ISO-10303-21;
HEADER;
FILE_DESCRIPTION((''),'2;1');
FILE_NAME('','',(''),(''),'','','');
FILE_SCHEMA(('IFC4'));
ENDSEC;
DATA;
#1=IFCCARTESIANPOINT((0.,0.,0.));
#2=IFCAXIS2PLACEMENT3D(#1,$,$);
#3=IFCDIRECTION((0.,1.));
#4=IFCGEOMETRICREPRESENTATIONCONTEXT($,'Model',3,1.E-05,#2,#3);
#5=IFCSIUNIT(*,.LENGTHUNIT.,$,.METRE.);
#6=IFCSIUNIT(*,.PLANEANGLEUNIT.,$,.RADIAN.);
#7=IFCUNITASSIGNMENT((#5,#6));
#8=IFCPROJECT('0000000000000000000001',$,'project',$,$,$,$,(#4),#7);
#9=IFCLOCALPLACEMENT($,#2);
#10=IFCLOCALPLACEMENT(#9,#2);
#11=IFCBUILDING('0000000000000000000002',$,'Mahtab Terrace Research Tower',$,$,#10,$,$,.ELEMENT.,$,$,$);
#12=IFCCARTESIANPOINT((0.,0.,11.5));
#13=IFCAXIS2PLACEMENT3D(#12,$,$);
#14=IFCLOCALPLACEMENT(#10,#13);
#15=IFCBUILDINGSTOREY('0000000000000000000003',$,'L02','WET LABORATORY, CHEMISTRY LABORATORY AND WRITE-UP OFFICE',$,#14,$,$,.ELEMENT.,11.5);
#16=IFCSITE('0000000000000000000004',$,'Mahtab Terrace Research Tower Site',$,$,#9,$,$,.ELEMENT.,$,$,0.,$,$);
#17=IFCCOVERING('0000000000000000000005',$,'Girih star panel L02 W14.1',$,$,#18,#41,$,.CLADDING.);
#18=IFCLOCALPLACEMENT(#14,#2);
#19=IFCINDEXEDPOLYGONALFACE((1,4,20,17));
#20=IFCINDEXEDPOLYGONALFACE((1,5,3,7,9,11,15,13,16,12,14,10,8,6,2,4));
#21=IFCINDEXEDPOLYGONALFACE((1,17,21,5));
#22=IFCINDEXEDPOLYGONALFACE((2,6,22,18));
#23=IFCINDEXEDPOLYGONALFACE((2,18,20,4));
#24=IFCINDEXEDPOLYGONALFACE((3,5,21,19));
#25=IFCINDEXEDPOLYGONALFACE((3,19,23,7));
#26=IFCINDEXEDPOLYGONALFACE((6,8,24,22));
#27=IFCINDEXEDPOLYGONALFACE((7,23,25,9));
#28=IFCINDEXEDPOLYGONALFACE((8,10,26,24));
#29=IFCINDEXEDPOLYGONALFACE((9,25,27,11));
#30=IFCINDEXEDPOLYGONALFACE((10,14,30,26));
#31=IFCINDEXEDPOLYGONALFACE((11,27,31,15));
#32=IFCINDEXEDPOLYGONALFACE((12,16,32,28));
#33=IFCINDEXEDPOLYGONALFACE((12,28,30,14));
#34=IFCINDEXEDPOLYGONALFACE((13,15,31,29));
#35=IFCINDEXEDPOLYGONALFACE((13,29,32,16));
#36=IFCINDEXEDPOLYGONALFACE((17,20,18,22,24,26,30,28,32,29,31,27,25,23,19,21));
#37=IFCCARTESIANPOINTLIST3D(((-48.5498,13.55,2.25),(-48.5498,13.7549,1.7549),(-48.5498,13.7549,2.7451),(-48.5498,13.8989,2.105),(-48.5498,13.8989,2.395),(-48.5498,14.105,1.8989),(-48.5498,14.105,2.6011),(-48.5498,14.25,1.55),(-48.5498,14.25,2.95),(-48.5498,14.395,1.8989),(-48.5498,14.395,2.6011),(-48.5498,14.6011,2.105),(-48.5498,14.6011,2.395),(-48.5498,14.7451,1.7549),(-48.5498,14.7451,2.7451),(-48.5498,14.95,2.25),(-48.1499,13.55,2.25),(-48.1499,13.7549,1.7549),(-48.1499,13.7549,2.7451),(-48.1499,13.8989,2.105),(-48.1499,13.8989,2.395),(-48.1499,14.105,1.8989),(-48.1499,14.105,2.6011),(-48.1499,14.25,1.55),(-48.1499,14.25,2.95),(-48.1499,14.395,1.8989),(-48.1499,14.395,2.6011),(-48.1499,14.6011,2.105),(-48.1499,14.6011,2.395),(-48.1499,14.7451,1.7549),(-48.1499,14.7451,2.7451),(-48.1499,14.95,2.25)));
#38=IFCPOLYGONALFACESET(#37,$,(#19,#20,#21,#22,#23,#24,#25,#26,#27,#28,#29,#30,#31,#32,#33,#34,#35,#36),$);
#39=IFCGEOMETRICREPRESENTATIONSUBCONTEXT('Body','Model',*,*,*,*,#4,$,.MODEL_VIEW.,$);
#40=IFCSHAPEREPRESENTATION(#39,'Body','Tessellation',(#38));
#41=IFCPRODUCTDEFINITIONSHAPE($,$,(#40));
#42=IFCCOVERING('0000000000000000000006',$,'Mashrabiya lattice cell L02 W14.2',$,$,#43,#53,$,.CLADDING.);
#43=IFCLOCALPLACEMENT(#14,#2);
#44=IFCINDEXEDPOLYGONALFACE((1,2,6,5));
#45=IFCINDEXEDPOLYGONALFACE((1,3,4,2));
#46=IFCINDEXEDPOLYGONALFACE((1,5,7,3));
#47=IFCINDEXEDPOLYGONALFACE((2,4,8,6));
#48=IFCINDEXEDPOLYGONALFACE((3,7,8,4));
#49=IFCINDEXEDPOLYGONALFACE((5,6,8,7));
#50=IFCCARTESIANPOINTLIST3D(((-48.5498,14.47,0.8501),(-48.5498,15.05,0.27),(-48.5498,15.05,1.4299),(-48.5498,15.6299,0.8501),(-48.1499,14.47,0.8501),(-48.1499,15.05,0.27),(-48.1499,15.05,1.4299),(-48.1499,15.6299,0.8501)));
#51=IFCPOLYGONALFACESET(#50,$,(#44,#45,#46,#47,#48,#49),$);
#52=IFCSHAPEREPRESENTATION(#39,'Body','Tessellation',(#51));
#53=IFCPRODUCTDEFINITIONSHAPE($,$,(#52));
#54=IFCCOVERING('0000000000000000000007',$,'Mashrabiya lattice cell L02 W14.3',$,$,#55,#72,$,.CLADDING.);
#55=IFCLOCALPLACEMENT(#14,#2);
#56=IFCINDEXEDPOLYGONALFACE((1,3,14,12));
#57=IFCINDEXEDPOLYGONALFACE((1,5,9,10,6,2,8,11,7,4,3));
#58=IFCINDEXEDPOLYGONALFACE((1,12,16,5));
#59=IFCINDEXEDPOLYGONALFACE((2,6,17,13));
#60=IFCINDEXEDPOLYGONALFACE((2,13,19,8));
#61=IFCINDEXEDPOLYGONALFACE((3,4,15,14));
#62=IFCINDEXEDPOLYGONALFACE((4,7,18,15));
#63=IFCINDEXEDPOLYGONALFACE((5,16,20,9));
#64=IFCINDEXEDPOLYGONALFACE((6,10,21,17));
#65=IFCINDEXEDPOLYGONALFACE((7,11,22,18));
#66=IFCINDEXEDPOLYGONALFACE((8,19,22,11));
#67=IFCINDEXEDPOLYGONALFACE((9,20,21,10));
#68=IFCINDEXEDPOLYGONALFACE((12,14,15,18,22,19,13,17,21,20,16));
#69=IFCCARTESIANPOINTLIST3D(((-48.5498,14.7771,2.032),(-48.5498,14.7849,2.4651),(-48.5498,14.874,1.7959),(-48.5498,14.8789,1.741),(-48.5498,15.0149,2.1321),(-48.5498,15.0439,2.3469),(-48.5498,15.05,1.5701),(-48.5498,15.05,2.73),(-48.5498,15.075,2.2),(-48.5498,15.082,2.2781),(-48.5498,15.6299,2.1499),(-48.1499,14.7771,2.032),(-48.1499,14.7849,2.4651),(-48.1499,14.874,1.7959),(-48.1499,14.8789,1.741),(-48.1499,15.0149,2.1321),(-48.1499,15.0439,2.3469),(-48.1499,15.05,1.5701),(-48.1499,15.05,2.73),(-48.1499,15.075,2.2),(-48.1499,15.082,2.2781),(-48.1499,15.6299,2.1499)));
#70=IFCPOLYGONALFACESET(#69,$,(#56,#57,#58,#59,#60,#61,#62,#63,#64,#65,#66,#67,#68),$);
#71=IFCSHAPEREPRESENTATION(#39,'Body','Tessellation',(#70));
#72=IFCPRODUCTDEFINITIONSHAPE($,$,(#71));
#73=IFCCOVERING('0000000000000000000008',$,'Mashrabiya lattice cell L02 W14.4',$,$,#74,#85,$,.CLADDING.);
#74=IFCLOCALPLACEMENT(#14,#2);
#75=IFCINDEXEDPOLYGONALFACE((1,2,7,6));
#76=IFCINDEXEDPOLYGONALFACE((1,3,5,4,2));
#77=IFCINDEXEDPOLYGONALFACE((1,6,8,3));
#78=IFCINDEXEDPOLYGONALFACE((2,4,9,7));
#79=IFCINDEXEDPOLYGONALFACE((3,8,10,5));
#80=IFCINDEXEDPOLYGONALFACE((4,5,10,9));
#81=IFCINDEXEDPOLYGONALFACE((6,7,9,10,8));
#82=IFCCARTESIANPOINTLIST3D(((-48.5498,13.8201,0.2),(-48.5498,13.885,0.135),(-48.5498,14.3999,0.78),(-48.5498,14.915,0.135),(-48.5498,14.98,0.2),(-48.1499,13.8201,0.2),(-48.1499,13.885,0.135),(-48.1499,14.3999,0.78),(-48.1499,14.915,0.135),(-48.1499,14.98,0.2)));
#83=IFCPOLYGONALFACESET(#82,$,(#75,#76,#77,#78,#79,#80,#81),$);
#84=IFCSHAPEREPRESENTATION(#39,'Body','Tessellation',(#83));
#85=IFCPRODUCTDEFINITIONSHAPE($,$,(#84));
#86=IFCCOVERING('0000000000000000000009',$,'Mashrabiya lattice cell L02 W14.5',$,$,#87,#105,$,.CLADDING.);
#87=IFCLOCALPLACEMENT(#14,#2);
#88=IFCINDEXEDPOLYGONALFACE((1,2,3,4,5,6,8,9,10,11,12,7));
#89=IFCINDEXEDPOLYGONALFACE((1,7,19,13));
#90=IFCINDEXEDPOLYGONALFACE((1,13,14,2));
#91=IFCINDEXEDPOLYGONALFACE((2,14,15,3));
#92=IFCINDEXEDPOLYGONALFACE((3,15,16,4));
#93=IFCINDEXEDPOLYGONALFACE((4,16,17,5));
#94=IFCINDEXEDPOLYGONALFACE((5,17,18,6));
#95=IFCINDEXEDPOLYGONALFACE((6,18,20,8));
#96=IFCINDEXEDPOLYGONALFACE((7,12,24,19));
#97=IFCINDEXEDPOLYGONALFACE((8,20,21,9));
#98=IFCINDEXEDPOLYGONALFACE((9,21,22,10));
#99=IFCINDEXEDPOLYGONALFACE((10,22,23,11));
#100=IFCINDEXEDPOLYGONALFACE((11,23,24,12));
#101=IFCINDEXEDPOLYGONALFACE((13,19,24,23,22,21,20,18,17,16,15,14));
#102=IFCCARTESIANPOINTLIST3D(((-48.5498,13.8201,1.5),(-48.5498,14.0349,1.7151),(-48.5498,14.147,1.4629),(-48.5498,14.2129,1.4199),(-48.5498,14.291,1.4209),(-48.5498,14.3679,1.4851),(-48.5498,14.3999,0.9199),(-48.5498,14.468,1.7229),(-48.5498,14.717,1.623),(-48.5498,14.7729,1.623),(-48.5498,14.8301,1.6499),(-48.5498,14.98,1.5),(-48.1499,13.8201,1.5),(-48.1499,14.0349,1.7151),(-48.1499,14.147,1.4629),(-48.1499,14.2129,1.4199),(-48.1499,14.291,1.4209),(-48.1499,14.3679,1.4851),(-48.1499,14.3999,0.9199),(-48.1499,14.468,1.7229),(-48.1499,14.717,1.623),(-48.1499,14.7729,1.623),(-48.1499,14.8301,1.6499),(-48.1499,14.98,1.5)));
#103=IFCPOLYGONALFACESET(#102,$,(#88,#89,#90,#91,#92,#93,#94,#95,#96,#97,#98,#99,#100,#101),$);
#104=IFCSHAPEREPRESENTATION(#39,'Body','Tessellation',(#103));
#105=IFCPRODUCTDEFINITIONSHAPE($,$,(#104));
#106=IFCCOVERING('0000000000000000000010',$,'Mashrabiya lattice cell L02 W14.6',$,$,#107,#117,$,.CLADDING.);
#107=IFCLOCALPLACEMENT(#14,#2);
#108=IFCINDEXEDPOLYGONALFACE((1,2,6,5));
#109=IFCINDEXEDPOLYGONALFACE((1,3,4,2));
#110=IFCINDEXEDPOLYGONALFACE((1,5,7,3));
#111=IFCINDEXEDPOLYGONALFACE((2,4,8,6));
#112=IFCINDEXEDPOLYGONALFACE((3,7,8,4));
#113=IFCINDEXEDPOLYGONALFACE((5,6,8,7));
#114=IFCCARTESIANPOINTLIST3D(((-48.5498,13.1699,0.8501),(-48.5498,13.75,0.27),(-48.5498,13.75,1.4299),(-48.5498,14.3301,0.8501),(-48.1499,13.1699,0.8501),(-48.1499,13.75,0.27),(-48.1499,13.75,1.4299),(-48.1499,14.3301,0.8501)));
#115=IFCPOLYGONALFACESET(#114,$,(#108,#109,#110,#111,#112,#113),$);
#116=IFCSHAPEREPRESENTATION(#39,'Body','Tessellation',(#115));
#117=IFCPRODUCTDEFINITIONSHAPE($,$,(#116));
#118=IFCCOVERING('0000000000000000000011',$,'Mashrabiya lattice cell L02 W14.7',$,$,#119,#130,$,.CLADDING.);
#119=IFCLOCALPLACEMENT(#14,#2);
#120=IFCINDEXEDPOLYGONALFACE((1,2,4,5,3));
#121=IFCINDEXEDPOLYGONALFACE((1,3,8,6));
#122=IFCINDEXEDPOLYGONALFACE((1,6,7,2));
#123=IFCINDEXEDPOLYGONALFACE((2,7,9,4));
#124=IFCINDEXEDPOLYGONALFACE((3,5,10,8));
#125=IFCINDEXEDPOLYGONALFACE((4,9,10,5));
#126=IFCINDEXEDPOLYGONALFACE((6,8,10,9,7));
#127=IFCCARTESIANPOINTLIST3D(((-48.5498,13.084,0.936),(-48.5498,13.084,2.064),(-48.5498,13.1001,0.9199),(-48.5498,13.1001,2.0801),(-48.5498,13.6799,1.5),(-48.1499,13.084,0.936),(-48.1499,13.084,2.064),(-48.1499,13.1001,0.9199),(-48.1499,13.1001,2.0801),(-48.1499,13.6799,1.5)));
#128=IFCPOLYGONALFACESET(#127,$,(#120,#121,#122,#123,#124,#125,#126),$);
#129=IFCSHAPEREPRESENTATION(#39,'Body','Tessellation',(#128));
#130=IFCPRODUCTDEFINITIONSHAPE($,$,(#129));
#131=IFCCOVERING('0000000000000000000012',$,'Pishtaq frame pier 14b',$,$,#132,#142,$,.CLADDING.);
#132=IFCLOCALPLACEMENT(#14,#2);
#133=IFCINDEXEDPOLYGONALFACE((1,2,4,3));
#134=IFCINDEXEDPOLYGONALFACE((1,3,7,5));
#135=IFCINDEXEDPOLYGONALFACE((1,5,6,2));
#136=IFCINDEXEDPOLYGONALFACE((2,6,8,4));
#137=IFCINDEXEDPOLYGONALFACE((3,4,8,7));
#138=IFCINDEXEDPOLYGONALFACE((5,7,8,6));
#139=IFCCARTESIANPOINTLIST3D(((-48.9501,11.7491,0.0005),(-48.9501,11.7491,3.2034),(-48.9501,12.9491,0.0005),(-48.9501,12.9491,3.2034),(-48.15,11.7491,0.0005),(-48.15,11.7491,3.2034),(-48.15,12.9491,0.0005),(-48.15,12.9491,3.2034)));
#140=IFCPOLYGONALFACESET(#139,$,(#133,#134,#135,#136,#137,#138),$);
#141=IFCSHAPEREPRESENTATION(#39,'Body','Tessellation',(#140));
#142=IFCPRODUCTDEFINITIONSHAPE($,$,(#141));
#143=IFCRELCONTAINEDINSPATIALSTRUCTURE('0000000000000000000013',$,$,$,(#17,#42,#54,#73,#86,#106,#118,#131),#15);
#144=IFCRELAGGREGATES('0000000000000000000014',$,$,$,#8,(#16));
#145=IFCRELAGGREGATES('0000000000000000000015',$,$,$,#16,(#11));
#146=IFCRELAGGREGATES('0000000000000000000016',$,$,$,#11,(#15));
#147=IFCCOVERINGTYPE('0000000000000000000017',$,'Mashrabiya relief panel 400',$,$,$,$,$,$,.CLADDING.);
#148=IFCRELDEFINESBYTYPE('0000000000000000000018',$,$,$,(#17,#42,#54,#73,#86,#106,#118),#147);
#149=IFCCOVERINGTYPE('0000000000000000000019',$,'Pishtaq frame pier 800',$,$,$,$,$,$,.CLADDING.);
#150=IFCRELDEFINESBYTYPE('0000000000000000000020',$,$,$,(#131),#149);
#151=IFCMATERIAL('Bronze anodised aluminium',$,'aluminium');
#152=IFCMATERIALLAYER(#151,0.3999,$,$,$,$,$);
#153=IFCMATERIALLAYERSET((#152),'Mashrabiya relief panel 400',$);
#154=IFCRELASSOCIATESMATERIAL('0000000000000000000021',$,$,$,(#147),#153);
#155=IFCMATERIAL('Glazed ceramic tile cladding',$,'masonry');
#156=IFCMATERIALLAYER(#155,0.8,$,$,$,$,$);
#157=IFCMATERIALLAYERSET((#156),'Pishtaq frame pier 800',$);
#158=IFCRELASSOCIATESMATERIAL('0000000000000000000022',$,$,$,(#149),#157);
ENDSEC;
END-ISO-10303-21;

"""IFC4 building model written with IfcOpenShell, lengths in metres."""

from ifc_helpers import new_model, si_unit, direction, frame, origin, origin_2d, place, context, subcontext, project, spatial, polyline, rectangle, outline, extrude, material, layer, layer_set, type_object, element, save


model = new_model("IFC4")

# Units and contexts
model_context = context("Model", 3, precision=1e-05, world=origin(), true_north=direction((0.0, 1.0)))
body_context = subcontext(model_context, "Body", "Model", "MODEL_VIEW")
ifc_project = project(units=[si_unit("LENGTHUNIT", "METRE"), si_unit("PLANEANGLEUNIT", "RADIAN")], contexts=[model_context])

# Site, building, storey
site_placement = place(None, origin())
site = spatial("IfcSite", under=ifc_project, at=site_placement, Name="Mahtab Terrace Research Tower Site", CompositionType="ELEMENT", RefElevation=0.0)
building_placement = place(site_placement, origin())
building = spatial("IfcBuilding", under=site, at=building_placement, Name="Mahtab Terrace Research Tower", CompositionType="ELEMENT")
storey_placement = place(building_placement, frame((0.0, 0.0, 11.5)))
storey = spatial("IfcBuildingStorey", under=building, at=storey_placement, Name="L02", Description="WET LABORATORY, CHEMISTRY LABORATORY AND WRITE-UP OFFICE", CompositionType="ELEMENT", Elevation=11.5)

# Coverings
ifc_material_1 = material(Name="Bronze anodised aluminium", Category="aluminium")
ifc_layer_1 = layer(ifc_material_1, 0.3999)
ifc_layer_set_1 = layer_set([ifc_layer_1], Name="Mashrabiya relief panel 400")
covering_type_1 = type_object("IfcCoveringType", Name="Mashrabiya relief panel 400", PredefinedType="CLADDING", material=ifc_layer_set_1)
covering_1_placement = place(storey_placement, frame((-48.1499, 14.105, 2.6011), z_axis=(1.0, 0.0, 0.0), x_axis=(0.0, -0.924785, 0.38049)))
element("IfcCovering", 1, at=covering_1_placement, inside=storey, type_object=covering_type_1, Name="Girih star panel L02 W14.1", PredefinedType="CLADDING", context=body_context, shape_type="SweptSolid", body=[
    extrude(outline(polyline([(0.0, 0.0), (0.3786, 0.0), (0.1122, 0.269), (0.3796, 0.5358), (0.0018, 0.5372), (0.0018, 0.9158), (-0.2672, 0.6493), (-0.534, 0.9168), (-0.5354, 0.539), (-0.914, 0.539), (-0.6475, 0.27), (-0.915, 0.0032), (-0.5372, 0.0018), (-0.5372, -0.3768), (-0.2682, -0.1104), (-0.0014, -0.3778), (0.0, 0.0)])), origin(), (0.0, 0.0, -1.0), 0.3999),
])
covering_2_placement = place(storey_placement, frame((-48.1499, 15.05, 1.4299), z_axis=(1.0, 0.0, 0.0), x_axis=(0.0, -0.707256, -0.706958)))
element("IfcCovering", 2, at=covering_2_placement, inside=storey, type_object=covering_type_1, Name="Mashrabiya lattice cell L02 W14.2", PredefinedType="CLADDING", context=body_context, shape_type="SweptSolid", body=[
    extrude(outline(polyline([(0.0, 0.0), (0.8202, 0.0), (0.82, 0.8204), (-0.0002, 0.82), (0.0, 0.0)])), origin(), (0.0, 0.0, -1.0), 0.3999),
])
covering_3_placement = place(storey_placement, frame((-48.1499, 15.05, 1.5701), z_axis=(1.0, 0.0, 0.0), x_axis=(0.0, 0.707107, 0.707107)))
element("IfcCovering", 3, at=covering_3_placement, inside=storey, type_object=covering_type_1, Name="Mashrabiya lattice cell L02 W14.3", PredefinedType="CLADDING", context=body_context, shape_type="SweptSolid", body=[
    extrude(outline(polyline([(0.0, 0.0), (0.82, 0.0), (0.8202, 0.8202), (0.4454, 0.8204), (0.545, 0.5536), (0.5233, 0.478), (0.463, 0.4278), (0.3725, 0.4223), (0.1336, 0.5196), (0.0352, 0.2842), (-0.0002, 0.2419), (0.0, 0.0)])), origin(), (0.0, 0.0, -1.0), 0.3999),
])
covering_4_placement = place(storey_placement, frame((-48.1499, 14.98, 0.2), z_axis=(1.0, 0.0, 0.0), x_axis=(0.0, -0.707107, 0.707107)))
element("IfcCovering", 4, at=covering_4_placement, inside=storey, type_object=covering_type_1, Name="Mashrabiya lattice cell L02 W14.4", PredefinedType="CLADDING", context=body_context, shape_type="SweptSolid", body=[
    extrude(outline(polyline([(0.0, 0.0), (0.8204, 0.0), (0.8202, 0.8202), (0.7283, 0.8202), (0.0, 0.0918), (0.0, 0.0)])), origin(), (0.0, 0.0, -1.0), 0.3999),
])
covering_5_placement = place(storey_placement, frame((-48.1499, 13.8201, 1.5), z_axis=(1.0, 0.0, 0.0), x_axis=(0.0, 0.706958, -0.707256)))
element("IfcCovering", 5, at=covering_5_placement, inside=storey, type_object=covering_type_1, Name="Mashrabiya lattice cell L02 W14.5", PredefinedType="CLADDING", context=body_context, shape_type="SweptSolid", body=[
    extrude(outline(polyline([(0.0, 0.0), (0.8202, 0.0), (0.82, 0.8204), (0.608, 0.8203), (0.5866, 0.7609), (0.5471, 0.7214), (0.3004, 0.6158), (0.3978, 0.3769), (0.3889, 0.2772), (0.3343, 0.2212), (0.2574, 0.205), (-0.0002, 0.304), (0.0, 0.0)])), origin(), (0.0, 0.0, -1.0), 0.3999),
])
covering_6_placement = place(storey_placement, frame((-48.1499, 13.75, 1.4299), z_axis=(1.0, 0.0, 0.0), x_axis=(0.0, -0.707256, -0.706958)))
element("IfcCovering", 6, at=covering_6_placement, inside=storey, type_object=covering_type_1, Name="Mashrabiya lattice cell L02 W14.6", PredefinedType="CLADDING", context=body_context, shape_type="SweptSolid", body=[
    extrude(outline(polyline([(0.0, 0.0), (0.8202, 0.0), (0.82, 0.8204), (-0.0003, 0.8202), (0.0, 0.0)])), origin(), (0.0, 0.0, -1.0), 0.3999),
])
covering_7_placement = place(storey_placement, frame((-48.1499, 13.1001, 0.9199), z_axis=(1.0, 0.0, 0.0), x_axis=(0.0, 0.706958, 0.707256)))
element("IfcCovering", 7, at=covering_7_placement, inside=storey, type_object=covering_type_1, Name="Mashrabiya lattice cell L02 W14.7", PredefinedType="CLADDING", context=body_context, shape_type="SweptSolid", body=[
    extrude(outline(polyline([(0.0, 0.0), (0.8202, 0.0), (0.8205, 0.8202), (0.7977, 0.8202), (0.0, 0.0228), (0.0, 0.0)])), origin(), (0.0, 0.0, -1.0), 0.3999),
])
ifc_material_2 = material(Name="Glazed ceramic tile cladding", Category="masonry")
ifc_layer_2 = layer(ifc_material_2, 0.8)
ifc_layer_set_2 = layer_set([ifc_layer_2], Name="Pishtaq frame pier 800")
covering_type_2 = type_object("IfcCoveringType", Name="Pishtaq frame pier 800", PredefinedType="CLADDING", material=ifc_layer_set_2)
covering_8_placement = place(storey_placement, frame((-48.55, 12.3491, 0.0005), z_axis=(0.0, 0.0, 1.0), x_axis=(0.0, -1.0, 0.0)))
element("IfcCovering", 8, at=covering_8_placement, inside=storey, type_object=covering_type_2, Name="Pishtaq frame pier 14b", PredefinedType="CLADDING", context=body_context, shape_type="SweptSolid", body=[
    extrude(rectangle(XDim=1.2, YDim=0.8, at=origin_2d()), origin(), (0.0, 0.0, 1.0), 3.2029),
])

save(model, "model.ifc")
